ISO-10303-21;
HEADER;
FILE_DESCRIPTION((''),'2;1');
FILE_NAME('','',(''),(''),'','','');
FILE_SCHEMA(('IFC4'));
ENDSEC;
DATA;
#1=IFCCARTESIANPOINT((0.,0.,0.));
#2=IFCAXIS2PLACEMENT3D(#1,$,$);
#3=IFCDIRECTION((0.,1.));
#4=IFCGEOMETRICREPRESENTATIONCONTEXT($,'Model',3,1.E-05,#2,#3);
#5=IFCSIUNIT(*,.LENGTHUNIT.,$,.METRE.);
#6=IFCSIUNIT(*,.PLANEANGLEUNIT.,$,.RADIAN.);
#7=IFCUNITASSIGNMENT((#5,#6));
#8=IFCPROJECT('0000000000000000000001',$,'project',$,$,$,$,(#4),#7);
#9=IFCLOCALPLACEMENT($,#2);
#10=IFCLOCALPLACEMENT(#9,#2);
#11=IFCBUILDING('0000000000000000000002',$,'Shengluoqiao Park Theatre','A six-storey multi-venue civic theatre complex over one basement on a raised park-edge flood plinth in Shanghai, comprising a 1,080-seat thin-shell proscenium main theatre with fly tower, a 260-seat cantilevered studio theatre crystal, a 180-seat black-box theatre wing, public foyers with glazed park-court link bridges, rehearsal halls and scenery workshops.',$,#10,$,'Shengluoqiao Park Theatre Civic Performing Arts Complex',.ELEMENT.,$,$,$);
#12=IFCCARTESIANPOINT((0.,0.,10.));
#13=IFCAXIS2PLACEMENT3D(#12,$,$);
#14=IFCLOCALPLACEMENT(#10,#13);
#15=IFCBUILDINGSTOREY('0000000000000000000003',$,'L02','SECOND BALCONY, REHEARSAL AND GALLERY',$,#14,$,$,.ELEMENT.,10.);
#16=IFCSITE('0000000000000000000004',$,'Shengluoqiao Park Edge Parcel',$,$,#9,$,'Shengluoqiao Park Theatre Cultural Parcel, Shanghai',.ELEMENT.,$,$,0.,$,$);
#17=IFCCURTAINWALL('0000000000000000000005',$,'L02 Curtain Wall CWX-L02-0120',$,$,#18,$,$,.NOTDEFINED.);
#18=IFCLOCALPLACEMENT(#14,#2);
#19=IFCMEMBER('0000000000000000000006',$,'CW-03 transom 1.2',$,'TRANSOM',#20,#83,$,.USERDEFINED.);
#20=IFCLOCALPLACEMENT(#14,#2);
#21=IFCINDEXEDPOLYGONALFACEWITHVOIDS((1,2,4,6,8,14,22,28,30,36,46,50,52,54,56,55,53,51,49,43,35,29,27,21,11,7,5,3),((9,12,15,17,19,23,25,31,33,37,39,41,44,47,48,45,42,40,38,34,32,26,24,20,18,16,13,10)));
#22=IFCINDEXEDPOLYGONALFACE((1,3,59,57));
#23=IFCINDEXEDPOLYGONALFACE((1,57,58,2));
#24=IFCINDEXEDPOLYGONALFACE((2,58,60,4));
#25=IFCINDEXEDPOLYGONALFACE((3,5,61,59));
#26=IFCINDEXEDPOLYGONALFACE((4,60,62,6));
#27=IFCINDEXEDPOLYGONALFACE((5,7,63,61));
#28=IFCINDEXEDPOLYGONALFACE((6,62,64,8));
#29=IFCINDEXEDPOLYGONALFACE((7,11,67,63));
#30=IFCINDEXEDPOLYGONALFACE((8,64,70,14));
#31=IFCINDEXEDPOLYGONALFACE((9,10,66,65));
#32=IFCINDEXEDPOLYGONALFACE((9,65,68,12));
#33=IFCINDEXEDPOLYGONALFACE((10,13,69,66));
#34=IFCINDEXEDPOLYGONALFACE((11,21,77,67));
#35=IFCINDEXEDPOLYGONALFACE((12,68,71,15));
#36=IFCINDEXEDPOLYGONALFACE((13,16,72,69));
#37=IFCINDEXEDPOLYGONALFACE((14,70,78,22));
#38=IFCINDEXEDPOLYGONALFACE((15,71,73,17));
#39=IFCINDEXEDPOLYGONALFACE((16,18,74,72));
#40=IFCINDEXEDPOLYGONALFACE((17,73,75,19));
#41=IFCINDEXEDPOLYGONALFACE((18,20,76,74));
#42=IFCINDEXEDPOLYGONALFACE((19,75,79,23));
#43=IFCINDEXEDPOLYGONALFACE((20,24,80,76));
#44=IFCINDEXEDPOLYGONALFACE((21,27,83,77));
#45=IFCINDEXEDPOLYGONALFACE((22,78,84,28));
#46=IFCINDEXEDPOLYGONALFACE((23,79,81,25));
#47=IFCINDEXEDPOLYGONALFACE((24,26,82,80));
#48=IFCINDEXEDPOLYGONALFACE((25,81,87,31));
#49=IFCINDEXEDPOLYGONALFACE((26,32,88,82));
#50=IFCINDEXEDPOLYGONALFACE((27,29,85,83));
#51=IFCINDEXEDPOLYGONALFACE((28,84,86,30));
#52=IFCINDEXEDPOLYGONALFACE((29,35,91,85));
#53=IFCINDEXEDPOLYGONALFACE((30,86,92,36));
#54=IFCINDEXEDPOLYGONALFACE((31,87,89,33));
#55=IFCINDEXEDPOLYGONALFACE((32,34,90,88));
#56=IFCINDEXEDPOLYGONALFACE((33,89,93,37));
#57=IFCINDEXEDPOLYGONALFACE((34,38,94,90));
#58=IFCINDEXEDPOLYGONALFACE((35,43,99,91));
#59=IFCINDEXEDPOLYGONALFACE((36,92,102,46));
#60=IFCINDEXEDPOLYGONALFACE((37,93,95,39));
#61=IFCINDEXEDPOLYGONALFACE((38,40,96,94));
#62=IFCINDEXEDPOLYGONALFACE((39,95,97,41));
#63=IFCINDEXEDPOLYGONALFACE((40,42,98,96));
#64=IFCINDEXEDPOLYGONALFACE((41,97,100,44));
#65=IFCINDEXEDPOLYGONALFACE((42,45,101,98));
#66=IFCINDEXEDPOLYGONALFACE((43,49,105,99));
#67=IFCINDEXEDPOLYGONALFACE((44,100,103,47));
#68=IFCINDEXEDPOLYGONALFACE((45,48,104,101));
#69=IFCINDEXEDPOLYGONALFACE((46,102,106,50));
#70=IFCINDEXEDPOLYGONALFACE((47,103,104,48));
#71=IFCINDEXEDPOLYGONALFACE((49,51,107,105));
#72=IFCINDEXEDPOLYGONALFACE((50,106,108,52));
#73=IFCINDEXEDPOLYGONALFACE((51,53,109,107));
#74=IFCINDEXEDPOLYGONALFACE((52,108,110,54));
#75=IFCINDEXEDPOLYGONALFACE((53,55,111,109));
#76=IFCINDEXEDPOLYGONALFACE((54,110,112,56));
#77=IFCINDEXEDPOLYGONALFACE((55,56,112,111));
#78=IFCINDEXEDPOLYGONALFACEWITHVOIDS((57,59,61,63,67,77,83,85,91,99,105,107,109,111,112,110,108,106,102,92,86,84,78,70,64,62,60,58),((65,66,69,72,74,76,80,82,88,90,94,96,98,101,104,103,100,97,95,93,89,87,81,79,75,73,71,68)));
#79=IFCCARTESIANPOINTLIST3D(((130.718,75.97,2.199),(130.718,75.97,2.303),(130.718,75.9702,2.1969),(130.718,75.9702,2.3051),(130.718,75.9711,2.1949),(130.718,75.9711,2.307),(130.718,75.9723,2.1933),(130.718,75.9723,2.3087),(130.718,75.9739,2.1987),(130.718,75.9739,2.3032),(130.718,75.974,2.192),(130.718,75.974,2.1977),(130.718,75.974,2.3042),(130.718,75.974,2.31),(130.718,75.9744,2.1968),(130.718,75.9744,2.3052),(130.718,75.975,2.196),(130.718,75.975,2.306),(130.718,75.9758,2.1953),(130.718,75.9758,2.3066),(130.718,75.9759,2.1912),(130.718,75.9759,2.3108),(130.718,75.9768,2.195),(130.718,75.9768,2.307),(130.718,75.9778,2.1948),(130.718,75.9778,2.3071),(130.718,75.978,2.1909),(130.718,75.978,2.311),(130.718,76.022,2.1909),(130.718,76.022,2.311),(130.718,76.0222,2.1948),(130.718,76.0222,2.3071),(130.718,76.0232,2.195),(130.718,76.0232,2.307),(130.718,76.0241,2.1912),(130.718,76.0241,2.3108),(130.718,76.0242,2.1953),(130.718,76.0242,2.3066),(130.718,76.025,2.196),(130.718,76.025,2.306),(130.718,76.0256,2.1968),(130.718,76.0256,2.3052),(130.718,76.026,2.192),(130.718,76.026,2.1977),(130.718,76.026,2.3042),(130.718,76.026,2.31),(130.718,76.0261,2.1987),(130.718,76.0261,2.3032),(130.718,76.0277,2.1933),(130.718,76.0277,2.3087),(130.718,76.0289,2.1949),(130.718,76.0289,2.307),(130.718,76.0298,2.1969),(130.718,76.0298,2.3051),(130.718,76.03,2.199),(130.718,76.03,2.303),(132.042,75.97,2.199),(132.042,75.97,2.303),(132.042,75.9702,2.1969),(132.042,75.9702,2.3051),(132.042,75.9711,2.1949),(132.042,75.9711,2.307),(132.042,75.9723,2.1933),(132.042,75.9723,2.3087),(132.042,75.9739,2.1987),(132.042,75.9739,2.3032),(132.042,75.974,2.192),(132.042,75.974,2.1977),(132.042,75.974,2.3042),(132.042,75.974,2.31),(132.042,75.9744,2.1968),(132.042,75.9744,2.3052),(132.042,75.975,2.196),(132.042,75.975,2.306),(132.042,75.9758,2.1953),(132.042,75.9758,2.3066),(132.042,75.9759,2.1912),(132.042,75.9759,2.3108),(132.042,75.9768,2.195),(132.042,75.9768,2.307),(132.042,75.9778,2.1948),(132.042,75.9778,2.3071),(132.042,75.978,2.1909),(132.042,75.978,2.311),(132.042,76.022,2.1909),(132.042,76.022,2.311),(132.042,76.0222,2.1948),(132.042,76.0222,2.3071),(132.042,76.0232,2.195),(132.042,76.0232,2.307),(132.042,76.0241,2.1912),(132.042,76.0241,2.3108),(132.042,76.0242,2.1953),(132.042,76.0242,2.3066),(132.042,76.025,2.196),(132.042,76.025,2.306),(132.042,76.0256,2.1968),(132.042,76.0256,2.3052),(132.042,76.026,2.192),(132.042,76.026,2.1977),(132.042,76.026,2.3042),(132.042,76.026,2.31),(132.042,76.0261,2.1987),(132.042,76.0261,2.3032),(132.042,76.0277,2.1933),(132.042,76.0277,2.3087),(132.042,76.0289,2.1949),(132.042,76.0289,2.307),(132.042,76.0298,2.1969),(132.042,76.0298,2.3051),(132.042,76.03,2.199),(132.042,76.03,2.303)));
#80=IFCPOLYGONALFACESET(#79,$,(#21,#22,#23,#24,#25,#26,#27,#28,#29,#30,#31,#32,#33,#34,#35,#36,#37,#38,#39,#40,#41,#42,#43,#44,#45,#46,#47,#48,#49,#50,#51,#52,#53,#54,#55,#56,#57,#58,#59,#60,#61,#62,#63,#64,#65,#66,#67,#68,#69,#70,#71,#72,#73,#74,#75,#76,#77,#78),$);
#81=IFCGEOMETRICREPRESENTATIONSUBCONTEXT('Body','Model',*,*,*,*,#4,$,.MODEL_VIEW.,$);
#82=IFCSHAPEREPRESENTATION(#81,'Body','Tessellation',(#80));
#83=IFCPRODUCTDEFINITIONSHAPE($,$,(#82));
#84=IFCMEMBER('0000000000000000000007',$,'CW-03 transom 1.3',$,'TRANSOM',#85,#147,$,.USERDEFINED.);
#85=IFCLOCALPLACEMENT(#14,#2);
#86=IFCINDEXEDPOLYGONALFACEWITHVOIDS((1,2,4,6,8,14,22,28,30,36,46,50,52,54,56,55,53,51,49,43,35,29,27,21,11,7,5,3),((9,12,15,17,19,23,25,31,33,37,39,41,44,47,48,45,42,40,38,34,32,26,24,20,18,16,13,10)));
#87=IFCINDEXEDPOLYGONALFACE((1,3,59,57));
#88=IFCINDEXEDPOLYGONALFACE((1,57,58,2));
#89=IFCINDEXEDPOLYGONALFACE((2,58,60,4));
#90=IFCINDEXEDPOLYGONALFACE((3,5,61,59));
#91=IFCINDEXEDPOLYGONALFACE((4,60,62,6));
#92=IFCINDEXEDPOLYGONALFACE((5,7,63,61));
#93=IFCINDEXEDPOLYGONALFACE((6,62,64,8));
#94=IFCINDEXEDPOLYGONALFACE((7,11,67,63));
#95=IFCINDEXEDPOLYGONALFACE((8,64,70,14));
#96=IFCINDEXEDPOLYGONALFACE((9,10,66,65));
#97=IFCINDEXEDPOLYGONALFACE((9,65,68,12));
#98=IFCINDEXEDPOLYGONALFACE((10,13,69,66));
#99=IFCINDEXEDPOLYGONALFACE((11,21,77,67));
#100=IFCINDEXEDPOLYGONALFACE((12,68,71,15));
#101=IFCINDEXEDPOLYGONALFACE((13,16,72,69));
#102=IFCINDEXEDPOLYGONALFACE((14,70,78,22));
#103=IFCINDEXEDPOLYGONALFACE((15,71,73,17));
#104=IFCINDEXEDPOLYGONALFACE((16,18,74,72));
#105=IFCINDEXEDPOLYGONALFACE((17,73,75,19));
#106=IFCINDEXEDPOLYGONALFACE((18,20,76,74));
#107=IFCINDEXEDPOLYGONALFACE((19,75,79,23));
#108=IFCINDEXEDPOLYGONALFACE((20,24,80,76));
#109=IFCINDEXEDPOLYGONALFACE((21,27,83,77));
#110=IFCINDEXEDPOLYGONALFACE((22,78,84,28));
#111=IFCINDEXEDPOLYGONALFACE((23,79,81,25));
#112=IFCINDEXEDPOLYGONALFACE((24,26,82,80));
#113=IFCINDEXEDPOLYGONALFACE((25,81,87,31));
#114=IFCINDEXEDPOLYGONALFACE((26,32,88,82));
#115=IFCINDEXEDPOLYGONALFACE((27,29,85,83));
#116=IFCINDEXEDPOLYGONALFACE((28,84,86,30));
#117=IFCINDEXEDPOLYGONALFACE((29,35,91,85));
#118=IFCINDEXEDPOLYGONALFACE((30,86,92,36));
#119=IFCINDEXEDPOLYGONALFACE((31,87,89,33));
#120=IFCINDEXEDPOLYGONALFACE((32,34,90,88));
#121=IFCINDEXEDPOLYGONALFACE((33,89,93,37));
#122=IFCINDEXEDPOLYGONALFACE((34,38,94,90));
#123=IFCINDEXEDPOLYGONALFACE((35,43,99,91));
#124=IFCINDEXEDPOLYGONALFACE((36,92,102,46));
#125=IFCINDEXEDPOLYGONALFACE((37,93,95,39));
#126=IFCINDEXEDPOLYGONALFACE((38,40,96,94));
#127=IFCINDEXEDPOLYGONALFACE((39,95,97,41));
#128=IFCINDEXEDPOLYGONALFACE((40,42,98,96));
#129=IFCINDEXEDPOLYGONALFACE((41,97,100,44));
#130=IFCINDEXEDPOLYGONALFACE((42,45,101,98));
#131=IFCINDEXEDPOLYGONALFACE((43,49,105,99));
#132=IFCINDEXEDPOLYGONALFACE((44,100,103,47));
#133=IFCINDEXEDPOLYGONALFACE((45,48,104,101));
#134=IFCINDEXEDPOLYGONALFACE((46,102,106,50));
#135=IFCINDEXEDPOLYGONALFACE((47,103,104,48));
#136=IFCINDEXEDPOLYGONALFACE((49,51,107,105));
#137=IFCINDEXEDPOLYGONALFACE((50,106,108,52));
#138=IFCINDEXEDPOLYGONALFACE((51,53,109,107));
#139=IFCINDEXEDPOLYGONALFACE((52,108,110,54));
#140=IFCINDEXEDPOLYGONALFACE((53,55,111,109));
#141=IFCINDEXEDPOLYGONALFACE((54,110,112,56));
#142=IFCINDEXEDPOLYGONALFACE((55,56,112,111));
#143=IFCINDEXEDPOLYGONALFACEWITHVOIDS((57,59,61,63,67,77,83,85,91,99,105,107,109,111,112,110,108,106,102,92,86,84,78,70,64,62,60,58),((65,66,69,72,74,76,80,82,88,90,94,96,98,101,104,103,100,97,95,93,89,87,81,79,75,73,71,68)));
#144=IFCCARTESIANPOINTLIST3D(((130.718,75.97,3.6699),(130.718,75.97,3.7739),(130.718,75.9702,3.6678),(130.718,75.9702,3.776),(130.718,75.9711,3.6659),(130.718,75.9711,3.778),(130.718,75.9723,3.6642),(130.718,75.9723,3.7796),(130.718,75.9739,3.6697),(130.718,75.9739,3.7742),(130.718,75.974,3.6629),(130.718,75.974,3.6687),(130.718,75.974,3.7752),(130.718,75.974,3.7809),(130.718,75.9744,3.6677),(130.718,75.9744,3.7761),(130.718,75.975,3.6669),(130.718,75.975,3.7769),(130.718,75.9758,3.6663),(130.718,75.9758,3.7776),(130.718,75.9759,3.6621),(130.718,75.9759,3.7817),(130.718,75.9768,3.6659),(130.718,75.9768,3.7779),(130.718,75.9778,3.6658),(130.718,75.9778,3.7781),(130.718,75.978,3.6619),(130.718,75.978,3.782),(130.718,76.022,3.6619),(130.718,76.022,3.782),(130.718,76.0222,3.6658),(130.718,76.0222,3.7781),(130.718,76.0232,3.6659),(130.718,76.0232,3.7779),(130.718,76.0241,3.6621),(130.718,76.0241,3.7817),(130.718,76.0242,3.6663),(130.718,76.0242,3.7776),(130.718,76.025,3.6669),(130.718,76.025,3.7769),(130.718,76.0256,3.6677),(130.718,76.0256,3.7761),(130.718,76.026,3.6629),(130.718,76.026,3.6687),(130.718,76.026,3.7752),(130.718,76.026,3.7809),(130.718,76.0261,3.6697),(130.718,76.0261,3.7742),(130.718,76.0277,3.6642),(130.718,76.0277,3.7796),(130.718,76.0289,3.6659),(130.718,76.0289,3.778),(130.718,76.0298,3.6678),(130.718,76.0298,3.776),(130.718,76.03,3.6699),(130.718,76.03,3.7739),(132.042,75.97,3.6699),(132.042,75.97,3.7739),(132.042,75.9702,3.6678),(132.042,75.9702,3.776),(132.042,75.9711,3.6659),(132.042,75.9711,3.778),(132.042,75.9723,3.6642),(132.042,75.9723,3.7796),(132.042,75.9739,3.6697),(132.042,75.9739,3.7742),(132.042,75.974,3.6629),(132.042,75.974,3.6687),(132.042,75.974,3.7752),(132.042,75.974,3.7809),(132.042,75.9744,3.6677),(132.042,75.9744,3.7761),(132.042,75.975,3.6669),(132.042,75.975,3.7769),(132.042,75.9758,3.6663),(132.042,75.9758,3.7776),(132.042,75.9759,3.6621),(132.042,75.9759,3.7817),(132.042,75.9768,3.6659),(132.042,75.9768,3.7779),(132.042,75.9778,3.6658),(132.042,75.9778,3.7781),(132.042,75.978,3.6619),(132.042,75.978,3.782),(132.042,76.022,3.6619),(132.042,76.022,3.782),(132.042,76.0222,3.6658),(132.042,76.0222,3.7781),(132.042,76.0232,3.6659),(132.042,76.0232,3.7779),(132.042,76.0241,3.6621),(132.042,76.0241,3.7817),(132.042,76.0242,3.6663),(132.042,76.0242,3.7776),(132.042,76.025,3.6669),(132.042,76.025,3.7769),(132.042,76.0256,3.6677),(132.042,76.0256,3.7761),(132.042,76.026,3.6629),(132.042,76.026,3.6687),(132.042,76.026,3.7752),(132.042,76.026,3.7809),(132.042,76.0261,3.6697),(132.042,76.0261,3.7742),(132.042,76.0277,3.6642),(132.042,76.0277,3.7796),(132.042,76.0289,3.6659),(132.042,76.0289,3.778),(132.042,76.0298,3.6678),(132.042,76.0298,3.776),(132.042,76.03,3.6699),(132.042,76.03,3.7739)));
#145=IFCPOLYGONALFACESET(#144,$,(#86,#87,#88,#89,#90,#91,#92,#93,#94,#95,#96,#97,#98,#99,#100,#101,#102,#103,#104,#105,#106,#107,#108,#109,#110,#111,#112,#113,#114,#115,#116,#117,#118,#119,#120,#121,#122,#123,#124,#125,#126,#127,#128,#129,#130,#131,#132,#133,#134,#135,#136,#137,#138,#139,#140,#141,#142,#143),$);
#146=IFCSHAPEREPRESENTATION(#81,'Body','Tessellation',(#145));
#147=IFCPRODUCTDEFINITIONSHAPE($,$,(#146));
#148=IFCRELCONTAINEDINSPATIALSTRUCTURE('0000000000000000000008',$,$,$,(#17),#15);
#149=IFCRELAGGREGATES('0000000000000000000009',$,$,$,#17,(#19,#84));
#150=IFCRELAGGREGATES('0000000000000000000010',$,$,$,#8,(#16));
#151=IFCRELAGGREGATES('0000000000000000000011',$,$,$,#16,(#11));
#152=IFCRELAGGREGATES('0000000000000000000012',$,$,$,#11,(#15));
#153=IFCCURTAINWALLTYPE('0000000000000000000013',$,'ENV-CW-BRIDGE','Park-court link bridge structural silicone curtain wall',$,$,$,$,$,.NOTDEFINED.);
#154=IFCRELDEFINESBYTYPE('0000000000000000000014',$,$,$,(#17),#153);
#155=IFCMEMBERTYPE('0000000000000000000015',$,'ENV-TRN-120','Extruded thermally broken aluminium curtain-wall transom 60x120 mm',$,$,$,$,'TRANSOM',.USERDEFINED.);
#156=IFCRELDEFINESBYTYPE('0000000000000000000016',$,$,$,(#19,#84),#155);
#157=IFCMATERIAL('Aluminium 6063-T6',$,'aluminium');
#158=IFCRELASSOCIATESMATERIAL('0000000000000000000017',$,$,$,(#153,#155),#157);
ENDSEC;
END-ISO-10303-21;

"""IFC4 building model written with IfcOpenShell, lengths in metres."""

from ifc_helpers import new_model, si_unit, direction, frame, origin, origin_2d, place, context, subcontext, project, spatial, hollow_rectangle, extrude, material, material_profile, profile_set, type_object, element, aggregate, save


model = new_model("IFC4")

# Units and contexts
model_context = context("Model", 3, precision=1e-05, world=origin(), true_north=direction((0.0, 1.0)))
body_context = subcontext(model_context, "Body", "Model", "MODEL_VIEW")
ifc_project = project(units=[si_unit("LENGTHUNIT", "METRE"), si_unit("PLANEANGLEUNIT", "RADIAN")], contexts=[model_context])

# Site, building, storey
site_placement = place(None, origin())
site = spatial("IfcSite", under=ifc_project, at=site_placement, Name="Shengluoqiao Park Edge Parcel", LongName="Shengluoqiao Park Theatre Cultural Parcel, Shanghai", CompositionType="ELEMENT", RefElevation=0.0)
building_placement = place(site_placement, origin())
building = spatial("IfcBuilding", under=site, at=building_placement, Name="Shengluoqiao Park Theatre", Description="A six-storey multi-venue civic theatre complex over one basement on a raised park-edge flood plinth in Shanghai, comprising a 1,080-seat thin-shell proscenium main theatre with fly tower, a 260-seat cantilevered studio theatre crystal, a 180-seat black-box theatre wing, public foyers with glazed park-court link bridges, rehearsal halls and scenery workshops.", LongName="Shengluoqiao Park Theatre Civic Performing Arts Complex", CompositionType="ELEMENT")
storey_placement = place(building_placement, frame((0.0, 0.0, 10.0)))
storey = spatial("IfcBuildingStorey", under=building, at=storey_placement, Name="L02", Description="SECOND BALCONY, REHEARSAL AND GALLERY", CompositionType="ELEMENT", Elevation=10.0)

# Shared definitions
ifc_material_1 = material(Name="Aluminium 6063-T6", Category="aluminium")
curtain_wall_type = type_object("IfcCurtainWallType", Name="ENV-CW-BRIDGE", Description="Park-court link bridge structural silicone curtain wall", PredefinedType="NOTDEFINED", material=ifc_material_1)

# Curtain wall, members
curtain_wall_1_placement = place(storey_placement, origin())
curtain_wall_1 = element("IfcCurtainWall", 1, at=curtain_wall_1_placement, inside=storey, type_object=curtain_wall_type, Name="L02 Curtain Wall CWX-L02-0120", PredefinedType="NOTDEFINED")
ifc_material_profile_1 = material_profile(ifc_material_1, hollow_rectangle(XDim=0.0601, YDim=0.1201, WallThickness=0.0039, InnerFilletRadius=0.0039, OuterFilletRadius=0.0081, at=origin_2d()), Name="ALU TRANSOM 120x60x4")
ifc_profile_set_1 = profile_set([ifc_material_profile_1], Name="Aluminium 6063-T6")
member_type_1 = type_object("IfcMemberType", Name="ENV-TRN-120", Description="Extruded thermally broken aluminium curtain-wall transom 60x120 mm", ElementType="TRANSOM", PredefinedType="USERDEFINED", material=ifc_profile_set_1)
member_1_placement = place(storey_placement, frame((130.718, 76.0, 2.251), z_axis=(1.0, 0.0, 0.0), x_axis=(0.0, 1.0, 0.0)))
member_1 = element("IfcMember", 2, at=member_1_placement, type_object=member_type_1, Name="CW-03 transom 1.2", ObjectType="TRANSOM", PredefinedType="USERDEFINED", context=body_context, shape_type="SweptSolid", body=[
    extrude(hollow_rectangle(XDim=0.0601, YDim=0.1201, WallThickness=0.0039, InnerFilletRadius=0.0039, OuterFilletRadius=0.0081, at=origin_2d()), origin(), (0.0, 0.0, 1.0), 1.324),
])
member_2_placement = place(storey_placement, frame((130.718, 76.0, 3.7219), z_axis=(1.0, 0.0, 0.0), x_axis=(0.0, 1.0, 0.0)))
member_2 = element("IfcMember", 3, at=member_2_placement, type_object=member_type_1, Name="CW-03 transom 1.3", ObjectType="TRANSOM", PredefinedType="USERDEFINED", context=body_context, shape_type="SweptSolid", body=[
    extrude(hollow_rectangle(XDim=0.0601, YDim=0.1201, WallThickness=0.0039, InnerFilletRadius=0.0039, OuterFilletRadius=0.0081, at=origin_2d()), origin(), (0.0, 0.0, 1.0), 1.324),
])

aggregate(curtain_wall_1, [member_1, member_2])

save(model, "model.ifc")
